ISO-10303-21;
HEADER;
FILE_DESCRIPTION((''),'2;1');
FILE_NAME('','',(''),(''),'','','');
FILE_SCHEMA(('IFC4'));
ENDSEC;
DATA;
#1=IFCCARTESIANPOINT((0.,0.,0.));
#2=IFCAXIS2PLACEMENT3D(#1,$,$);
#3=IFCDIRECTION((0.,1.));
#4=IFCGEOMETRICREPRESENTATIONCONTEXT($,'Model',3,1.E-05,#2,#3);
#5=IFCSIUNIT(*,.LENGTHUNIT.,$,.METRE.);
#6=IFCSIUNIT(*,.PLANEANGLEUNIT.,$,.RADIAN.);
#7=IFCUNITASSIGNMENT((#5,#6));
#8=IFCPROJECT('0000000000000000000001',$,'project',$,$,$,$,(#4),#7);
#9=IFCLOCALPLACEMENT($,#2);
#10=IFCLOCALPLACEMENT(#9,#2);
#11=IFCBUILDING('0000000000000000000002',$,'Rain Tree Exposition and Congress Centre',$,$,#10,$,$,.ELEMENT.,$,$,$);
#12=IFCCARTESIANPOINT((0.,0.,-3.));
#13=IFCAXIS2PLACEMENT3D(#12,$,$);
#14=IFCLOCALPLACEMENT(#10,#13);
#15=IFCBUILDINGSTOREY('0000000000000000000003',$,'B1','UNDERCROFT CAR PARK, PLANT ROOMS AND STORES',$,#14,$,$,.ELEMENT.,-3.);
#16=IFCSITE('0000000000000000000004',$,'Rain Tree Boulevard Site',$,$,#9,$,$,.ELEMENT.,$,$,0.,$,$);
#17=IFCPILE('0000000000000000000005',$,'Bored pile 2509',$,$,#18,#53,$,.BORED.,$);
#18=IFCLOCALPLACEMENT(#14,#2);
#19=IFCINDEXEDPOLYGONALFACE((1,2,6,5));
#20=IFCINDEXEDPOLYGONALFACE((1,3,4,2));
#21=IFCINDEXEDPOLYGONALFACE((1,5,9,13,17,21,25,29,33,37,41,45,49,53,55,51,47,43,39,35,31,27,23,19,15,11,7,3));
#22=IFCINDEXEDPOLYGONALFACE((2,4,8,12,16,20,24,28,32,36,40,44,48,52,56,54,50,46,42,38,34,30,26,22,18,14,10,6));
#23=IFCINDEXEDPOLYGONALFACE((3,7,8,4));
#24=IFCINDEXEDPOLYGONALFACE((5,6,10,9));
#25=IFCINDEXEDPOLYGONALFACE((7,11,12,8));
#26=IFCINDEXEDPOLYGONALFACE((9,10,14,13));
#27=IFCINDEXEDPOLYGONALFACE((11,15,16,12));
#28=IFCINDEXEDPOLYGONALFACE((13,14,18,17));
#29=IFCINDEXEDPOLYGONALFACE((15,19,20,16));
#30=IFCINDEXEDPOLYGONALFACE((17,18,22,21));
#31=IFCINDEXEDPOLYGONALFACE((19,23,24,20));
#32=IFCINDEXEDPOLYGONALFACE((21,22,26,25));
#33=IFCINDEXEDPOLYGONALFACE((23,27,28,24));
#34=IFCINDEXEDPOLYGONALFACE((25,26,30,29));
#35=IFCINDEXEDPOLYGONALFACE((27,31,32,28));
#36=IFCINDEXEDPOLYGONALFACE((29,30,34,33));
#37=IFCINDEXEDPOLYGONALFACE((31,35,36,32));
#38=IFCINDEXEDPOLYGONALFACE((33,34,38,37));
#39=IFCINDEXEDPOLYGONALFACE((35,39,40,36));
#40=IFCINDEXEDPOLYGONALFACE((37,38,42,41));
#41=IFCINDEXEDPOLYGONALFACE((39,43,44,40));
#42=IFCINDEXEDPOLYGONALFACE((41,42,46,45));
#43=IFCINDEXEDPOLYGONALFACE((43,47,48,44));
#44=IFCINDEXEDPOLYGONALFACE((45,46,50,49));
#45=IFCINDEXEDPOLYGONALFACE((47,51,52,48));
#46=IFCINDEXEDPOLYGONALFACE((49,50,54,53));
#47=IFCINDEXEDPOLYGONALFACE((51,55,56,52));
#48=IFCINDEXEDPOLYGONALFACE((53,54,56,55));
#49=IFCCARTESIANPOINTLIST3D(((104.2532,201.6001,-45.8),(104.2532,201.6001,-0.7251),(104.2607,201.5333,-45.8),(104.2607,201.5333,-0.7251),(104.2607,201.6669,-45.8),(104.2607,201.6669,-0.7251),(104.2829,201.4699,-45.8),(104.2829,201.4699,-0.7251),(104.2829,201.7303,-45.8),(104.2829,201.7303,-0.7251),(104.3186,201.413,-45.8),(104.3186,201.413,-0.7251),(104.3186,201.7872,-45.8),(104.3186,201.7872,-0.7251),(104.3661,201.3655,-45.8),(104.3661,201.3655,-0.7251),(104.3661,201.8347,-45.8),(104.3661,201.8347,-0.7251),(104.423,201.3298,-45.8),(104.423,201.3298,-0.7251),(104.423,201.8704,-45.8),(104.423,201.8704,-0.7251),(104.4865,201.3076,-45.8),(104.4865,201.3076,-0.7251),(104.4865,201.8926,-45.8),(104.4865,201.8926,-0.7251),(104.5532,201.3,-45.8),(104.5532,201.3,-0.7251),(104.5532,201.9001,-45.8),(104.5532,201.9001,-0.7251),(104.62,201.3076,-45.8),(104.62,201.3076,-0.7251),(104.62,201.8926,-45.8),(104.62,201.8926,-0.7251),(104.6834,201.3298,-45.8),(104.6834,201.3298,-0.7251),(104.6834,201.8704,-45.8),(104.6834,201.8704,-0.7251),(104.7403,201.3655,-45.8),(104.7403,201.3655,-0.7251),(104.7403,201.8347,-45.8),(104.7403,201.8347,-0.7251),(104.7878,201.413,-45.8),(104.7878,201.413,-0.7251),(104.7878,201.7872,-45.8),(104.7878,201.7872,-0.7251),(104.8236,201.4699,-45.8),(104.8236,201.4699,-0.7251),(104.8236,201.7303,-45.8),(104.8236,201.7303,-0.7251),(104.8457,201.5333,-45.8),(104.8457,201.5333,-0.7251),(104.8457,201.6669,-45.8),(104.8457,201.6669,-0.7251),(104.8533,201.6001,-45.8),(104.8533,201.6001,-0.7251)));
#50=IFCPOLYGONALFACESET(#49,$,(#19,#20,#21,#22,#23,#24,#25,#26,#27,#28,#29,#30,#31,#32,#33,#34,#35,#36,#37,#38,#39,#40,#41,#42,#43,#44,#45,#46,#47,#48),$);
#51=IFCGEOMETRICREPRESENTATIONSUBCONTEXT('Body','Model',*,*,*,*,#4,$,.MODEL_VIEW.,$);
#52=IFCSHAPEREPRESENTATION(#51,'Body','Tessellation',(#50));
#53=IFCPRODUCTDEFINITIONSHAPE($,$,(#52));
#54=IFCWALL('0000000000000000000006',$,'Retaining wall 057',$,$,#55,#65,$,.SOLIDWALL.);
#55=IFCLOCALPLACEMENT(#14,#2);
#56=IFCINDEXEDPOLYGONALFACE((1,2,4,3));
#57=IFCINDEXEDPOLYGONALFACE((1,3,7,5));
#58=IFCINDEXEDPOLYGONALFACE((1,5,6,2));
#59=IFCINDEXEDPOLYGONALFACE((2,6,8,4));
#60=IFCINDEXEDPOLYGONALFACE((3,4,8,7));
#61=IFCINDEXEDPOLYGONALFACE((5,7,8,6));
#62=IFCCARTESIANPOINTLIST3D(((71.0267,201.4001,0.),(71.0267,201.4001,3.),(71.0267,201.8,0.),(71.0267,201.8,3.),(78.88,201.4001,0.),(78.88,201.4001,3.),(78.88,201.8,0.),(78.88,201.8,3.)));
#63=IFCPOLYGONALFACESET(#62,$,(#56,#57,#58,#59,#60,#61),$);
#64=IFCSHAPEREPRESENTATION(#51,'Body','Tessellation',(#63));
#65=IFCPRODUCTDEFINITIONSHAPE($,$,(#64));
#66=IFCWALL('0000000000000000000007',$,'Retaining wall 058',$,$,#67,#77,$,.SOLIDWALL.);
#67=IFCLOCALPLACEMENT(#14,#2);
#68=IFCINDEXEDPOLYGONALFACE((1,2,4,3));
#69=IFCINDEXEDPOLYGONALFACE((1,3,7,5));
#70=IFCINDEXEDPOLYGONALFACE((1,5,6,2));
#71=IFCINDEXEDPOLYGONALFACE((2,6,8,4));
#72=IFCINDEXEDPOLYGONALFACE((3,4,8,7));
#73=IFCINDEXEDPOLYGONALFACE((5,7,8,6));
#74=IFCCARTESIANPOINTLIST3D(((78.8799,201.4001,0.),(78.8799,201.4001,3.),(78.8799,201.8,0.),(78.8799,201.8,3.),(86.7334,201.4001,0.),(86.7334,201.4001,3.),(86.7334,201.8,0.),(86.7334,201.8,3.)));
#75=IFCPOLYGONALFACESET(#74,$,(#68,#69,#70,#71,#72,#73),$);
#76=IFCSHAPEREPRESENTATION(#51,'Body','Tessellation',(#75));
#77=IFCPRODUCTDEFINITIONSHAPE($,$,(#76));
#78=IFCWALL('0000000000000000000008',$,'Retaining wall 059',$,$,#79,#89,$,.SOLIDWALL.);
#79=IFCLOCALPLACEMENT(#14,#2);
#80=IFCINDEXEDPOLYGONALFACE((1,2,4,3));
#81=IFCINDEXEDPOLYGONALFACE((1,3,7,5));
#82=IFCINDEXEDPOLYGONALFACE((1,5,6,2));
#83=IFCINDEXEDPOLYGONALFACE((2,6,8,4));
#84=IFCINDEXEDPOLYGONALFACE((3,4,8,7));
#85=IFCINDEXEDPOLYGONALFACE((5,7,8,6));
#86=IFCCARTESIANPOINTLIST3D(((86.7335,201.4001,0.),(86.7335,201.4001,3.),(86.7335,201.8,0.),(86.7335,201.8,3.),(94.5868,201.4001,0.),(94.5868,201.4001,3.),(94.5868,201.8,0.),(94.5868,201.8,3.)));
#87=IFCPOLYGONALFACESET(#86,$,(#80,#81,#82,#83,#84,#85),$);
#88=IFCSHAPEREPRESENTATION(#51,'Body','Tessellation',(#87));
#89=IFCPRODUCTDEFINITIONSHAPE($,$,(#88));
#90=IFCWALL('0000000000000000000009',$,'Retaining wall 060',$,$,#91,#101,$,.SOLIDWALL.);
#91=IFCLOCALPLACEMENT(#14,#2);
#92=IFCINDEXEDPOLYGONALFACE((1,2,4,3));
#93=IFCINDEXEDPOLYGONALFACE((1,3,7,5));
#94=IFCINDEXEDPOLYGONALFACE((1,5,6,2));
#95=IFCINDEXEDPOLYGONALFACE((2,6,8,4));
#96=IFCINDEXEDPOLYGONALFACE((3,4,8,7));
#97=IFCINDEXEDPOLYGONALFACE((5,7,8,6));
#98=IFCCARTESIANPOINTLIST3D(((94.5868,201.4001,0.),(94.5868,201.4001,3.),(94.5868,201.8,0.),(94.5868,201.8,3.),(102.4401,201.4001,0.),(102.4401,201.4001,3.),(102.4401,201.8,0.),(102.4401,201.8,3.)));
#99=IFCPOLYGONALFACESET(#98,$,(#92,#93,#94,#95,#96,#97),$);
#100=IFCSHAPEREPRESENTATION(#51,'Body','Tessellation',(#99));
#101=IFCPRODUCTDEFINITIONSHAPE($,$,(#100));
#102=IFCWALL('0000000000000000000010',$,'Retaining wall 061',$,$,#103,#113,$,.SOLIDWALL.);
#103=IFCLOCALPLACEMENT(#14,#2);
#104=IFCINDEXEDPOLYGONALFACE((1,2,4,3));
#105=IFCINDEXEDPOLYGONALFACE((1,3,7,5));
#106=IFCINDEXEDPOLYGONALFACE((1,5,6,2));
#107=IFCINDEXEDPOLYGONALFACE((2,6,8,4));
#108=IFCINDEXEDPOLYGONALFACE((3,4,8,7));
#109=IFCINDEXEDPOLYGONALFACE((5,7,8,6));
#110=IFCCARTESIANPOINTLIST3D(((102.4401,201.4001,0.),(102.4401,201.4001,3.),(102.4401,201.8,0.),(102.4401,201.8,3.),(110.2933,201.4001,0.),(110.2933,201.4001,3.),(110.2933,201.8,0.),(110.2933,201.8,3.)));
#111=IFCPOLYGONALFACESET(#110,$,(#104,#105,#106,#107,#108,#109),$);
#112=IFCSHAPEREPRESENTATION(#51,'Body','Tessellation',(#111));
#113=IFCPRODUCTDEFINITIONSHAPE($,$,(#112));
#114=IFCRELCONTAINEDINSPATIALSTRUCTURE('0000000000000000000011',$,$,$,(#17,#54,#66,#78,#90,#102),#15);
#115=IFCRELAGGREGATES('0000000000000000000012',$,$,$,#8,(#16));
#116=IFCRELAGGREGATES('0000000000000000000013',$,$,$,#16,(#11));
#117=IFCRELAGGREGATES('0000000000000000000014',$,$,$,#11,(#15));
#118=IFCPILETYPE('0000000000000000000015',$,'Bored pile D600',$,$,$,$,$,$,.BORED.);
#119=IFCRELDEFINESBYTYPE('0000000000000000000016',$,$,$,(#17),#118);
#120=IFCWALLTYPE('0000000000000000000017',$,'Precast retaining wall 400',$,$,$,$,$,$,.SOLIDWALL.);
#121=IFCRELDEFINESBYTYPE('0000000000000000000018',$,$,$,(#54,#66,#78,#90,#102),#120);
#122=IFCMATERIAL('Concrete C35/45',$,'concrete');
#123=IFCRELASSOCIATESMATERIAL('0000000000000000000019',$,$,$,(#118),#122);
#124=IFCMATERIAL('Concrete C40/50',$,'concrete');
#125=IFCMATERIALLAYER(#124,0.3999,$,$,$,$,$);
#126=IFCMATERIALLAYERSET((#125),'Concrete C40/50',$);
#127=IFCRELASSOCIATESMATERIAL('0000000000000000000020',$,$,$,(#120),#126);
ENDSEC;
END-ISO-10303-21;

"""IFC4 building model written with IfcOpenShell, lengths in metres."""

from ifc_helpers import new_model, si_unit, direction, frame, frame_2d, origin, origin_2d, place, context, subcontext, project, spatial, rectangle, circle, extrude, material, layer, layer_set, material_profile, profile_set, type_object, element, save


model = new_model("IFC4")

# Units and contexts
model_context = context("Model", 3, precision=1e-05, world=origin(), true_north=direction((0.0, 1.0)))
body_context = subcontext(model_context, "Body", "Model", "MODEL_VIEW")
ifc_project = project(units=[si_unit("LENGTHUNIT", "METRE"), si_unit("PLANEANGLEUNIT", "RADIAN")], contexts=[model_context])

# Site, building, storey
site_placement = place(None, origin())
site = spatial("IfcSite", under=ifc_project, at=site_placement, Name="Rain Tree Boulevard Site", CompositionType="ELEMENT", RefElevation=0.0)
building_placement = place(site_placement, origin())
building = spatial("IfcBuilding", under=site, at=building_placement, Name="Rain Tree Exposition and Congress Centre", CompositionType="ELEMENT")
storey_placement = place(building_placement, frame((0.0, 0.0, -3.0)))
storey = spatial("IfcBuildingStorey", under=building, at=storey_placement, Name="B1", Description="UNDERCROFT CAR PARK, PLANT ROOMS AND STORES", CompositionType="ELEMENT", Elevation=-3.0)

# Pile
ifc_material_1 = material(Name="Concrete C35/45", Category="concrete")
ifc_material_profile_1 = material_profile(ifc_material_1, circle(Radius=0.3, at=origin_2d()), Name="D600")
ifc_profile_set_1 = profile_set([ifc_material_profile_1], Name="Concrete C35/45")
pile_type_1 = type_object("IfcPileType", Name="Bored pile D600", PredefinedType="BORED", material=ifc_profile_set_1)
for number, where, z_axis, x_axis, name in (
    (1, (104.5532, 201.6001, -0.7251), (0.0, 0.0, -1.0), (1.0, 0.0, 0.0), "Bored pile 2509"),
):
    element("IfcPile", number, at=place(storey_placement, frame(where, z_axis=z_axis, x_axis=x_axis)), inside=storey, type_object=pile_type_1, Name=name, PredefinedType="BORED", context=body_context, shape_type="SweptSolid", body=[
        extrude(circle(Radius=0.3, at=origin_2d()), origin(), (0.0, 0.0, 1.0), 45.075),
    ])

# Walls
ifc_material_2 = material(Name="Concrete C40/50", Category="concrete")
ifc_layer = layer(ifc_material_2, 0.3999)
ifc_layer_set = layer_set([ifc_layer], Name="Concrete C40/50")
wall_type = type_object("IfcWallType", Name="Precast retaining wall 400", PredefinedType="SOLIDWALL", material=ifc_layer_set)
wall_1_placement = place(storey_placement, frame((71.0266, 201.6001, 0.0), z_axis=(0.0, 0.0, 1.0), x_axis=(1.0, 0.0, 0.0)))
element("IfcWall", 2, at=wall_1_placement, inside=storey, type_object=wall_type, Name="Retaining wall 057", PredefinedType="SOLIDWALL", context=body_context, shape_type="SweptSolid", body=[
    extrude(rectangle(XDim=7.8533, YDim=0.3999, at=frame_2d((3.9268, 0.0))), origin(), (0.0, 0.0, 1.0), 3.0),
])
wall_2_placement = place(storey_placement, frame((78.8799, 201.6001, 0.0), z_axis=(0.0, 0.0, 1.0), x_axis=(1.0, 0.0, 0.0)))
element("IfcWall", 3, at=wall_2_placement, inside=storey, type_object=wall_type, Name="Retaining wall 058", PredefinedType="SOLIDWALL", context=body_context, shape_type="SweptSolid", body=[
    extrude(rectangle(XDim=7.8535, YDim=0.3999, at=frame_2d((3.9268, 0.0))), origin(), (0.0, 0.0, 1.0), 3.0),
])
for number, where, z_axis, x_axis, name in (
    (4, (86.7334, 201.6001, 0.0), (0.0, 0.0, 1.0), (1.0, 0.0, 0.0), "Retaining wall 059"),
    (5, (94.5867, 201.6001, 0.0), (0.0, 0.0, 1.0), (1.0, 0.0, 0.0), "Retaining wall 060"),
    (6, (102.4399, 201.6001, 0.0), (0.0, 0.0, 1.0), (1.0, 0.0, 0.0), "Retaining wall 061"),
):
    element("IfcWall", number, at=place(storey_placement, frame(where, z_axis=z_axis, x_axis=x_axis)), inside=storey, type_object=wall_type, Name=name, PredefinedType="SOLIDWALL", context=body_context, shape_type="SweptSolid", body=[
        extrude(rectangle(XDim=7.8533, YDim=0.3999, at=frame_2d((3.9268, 0.0))), origin(), (0.0, 0.0, 1.0), 3.0),
    ])

save(model, "model.ifc")
